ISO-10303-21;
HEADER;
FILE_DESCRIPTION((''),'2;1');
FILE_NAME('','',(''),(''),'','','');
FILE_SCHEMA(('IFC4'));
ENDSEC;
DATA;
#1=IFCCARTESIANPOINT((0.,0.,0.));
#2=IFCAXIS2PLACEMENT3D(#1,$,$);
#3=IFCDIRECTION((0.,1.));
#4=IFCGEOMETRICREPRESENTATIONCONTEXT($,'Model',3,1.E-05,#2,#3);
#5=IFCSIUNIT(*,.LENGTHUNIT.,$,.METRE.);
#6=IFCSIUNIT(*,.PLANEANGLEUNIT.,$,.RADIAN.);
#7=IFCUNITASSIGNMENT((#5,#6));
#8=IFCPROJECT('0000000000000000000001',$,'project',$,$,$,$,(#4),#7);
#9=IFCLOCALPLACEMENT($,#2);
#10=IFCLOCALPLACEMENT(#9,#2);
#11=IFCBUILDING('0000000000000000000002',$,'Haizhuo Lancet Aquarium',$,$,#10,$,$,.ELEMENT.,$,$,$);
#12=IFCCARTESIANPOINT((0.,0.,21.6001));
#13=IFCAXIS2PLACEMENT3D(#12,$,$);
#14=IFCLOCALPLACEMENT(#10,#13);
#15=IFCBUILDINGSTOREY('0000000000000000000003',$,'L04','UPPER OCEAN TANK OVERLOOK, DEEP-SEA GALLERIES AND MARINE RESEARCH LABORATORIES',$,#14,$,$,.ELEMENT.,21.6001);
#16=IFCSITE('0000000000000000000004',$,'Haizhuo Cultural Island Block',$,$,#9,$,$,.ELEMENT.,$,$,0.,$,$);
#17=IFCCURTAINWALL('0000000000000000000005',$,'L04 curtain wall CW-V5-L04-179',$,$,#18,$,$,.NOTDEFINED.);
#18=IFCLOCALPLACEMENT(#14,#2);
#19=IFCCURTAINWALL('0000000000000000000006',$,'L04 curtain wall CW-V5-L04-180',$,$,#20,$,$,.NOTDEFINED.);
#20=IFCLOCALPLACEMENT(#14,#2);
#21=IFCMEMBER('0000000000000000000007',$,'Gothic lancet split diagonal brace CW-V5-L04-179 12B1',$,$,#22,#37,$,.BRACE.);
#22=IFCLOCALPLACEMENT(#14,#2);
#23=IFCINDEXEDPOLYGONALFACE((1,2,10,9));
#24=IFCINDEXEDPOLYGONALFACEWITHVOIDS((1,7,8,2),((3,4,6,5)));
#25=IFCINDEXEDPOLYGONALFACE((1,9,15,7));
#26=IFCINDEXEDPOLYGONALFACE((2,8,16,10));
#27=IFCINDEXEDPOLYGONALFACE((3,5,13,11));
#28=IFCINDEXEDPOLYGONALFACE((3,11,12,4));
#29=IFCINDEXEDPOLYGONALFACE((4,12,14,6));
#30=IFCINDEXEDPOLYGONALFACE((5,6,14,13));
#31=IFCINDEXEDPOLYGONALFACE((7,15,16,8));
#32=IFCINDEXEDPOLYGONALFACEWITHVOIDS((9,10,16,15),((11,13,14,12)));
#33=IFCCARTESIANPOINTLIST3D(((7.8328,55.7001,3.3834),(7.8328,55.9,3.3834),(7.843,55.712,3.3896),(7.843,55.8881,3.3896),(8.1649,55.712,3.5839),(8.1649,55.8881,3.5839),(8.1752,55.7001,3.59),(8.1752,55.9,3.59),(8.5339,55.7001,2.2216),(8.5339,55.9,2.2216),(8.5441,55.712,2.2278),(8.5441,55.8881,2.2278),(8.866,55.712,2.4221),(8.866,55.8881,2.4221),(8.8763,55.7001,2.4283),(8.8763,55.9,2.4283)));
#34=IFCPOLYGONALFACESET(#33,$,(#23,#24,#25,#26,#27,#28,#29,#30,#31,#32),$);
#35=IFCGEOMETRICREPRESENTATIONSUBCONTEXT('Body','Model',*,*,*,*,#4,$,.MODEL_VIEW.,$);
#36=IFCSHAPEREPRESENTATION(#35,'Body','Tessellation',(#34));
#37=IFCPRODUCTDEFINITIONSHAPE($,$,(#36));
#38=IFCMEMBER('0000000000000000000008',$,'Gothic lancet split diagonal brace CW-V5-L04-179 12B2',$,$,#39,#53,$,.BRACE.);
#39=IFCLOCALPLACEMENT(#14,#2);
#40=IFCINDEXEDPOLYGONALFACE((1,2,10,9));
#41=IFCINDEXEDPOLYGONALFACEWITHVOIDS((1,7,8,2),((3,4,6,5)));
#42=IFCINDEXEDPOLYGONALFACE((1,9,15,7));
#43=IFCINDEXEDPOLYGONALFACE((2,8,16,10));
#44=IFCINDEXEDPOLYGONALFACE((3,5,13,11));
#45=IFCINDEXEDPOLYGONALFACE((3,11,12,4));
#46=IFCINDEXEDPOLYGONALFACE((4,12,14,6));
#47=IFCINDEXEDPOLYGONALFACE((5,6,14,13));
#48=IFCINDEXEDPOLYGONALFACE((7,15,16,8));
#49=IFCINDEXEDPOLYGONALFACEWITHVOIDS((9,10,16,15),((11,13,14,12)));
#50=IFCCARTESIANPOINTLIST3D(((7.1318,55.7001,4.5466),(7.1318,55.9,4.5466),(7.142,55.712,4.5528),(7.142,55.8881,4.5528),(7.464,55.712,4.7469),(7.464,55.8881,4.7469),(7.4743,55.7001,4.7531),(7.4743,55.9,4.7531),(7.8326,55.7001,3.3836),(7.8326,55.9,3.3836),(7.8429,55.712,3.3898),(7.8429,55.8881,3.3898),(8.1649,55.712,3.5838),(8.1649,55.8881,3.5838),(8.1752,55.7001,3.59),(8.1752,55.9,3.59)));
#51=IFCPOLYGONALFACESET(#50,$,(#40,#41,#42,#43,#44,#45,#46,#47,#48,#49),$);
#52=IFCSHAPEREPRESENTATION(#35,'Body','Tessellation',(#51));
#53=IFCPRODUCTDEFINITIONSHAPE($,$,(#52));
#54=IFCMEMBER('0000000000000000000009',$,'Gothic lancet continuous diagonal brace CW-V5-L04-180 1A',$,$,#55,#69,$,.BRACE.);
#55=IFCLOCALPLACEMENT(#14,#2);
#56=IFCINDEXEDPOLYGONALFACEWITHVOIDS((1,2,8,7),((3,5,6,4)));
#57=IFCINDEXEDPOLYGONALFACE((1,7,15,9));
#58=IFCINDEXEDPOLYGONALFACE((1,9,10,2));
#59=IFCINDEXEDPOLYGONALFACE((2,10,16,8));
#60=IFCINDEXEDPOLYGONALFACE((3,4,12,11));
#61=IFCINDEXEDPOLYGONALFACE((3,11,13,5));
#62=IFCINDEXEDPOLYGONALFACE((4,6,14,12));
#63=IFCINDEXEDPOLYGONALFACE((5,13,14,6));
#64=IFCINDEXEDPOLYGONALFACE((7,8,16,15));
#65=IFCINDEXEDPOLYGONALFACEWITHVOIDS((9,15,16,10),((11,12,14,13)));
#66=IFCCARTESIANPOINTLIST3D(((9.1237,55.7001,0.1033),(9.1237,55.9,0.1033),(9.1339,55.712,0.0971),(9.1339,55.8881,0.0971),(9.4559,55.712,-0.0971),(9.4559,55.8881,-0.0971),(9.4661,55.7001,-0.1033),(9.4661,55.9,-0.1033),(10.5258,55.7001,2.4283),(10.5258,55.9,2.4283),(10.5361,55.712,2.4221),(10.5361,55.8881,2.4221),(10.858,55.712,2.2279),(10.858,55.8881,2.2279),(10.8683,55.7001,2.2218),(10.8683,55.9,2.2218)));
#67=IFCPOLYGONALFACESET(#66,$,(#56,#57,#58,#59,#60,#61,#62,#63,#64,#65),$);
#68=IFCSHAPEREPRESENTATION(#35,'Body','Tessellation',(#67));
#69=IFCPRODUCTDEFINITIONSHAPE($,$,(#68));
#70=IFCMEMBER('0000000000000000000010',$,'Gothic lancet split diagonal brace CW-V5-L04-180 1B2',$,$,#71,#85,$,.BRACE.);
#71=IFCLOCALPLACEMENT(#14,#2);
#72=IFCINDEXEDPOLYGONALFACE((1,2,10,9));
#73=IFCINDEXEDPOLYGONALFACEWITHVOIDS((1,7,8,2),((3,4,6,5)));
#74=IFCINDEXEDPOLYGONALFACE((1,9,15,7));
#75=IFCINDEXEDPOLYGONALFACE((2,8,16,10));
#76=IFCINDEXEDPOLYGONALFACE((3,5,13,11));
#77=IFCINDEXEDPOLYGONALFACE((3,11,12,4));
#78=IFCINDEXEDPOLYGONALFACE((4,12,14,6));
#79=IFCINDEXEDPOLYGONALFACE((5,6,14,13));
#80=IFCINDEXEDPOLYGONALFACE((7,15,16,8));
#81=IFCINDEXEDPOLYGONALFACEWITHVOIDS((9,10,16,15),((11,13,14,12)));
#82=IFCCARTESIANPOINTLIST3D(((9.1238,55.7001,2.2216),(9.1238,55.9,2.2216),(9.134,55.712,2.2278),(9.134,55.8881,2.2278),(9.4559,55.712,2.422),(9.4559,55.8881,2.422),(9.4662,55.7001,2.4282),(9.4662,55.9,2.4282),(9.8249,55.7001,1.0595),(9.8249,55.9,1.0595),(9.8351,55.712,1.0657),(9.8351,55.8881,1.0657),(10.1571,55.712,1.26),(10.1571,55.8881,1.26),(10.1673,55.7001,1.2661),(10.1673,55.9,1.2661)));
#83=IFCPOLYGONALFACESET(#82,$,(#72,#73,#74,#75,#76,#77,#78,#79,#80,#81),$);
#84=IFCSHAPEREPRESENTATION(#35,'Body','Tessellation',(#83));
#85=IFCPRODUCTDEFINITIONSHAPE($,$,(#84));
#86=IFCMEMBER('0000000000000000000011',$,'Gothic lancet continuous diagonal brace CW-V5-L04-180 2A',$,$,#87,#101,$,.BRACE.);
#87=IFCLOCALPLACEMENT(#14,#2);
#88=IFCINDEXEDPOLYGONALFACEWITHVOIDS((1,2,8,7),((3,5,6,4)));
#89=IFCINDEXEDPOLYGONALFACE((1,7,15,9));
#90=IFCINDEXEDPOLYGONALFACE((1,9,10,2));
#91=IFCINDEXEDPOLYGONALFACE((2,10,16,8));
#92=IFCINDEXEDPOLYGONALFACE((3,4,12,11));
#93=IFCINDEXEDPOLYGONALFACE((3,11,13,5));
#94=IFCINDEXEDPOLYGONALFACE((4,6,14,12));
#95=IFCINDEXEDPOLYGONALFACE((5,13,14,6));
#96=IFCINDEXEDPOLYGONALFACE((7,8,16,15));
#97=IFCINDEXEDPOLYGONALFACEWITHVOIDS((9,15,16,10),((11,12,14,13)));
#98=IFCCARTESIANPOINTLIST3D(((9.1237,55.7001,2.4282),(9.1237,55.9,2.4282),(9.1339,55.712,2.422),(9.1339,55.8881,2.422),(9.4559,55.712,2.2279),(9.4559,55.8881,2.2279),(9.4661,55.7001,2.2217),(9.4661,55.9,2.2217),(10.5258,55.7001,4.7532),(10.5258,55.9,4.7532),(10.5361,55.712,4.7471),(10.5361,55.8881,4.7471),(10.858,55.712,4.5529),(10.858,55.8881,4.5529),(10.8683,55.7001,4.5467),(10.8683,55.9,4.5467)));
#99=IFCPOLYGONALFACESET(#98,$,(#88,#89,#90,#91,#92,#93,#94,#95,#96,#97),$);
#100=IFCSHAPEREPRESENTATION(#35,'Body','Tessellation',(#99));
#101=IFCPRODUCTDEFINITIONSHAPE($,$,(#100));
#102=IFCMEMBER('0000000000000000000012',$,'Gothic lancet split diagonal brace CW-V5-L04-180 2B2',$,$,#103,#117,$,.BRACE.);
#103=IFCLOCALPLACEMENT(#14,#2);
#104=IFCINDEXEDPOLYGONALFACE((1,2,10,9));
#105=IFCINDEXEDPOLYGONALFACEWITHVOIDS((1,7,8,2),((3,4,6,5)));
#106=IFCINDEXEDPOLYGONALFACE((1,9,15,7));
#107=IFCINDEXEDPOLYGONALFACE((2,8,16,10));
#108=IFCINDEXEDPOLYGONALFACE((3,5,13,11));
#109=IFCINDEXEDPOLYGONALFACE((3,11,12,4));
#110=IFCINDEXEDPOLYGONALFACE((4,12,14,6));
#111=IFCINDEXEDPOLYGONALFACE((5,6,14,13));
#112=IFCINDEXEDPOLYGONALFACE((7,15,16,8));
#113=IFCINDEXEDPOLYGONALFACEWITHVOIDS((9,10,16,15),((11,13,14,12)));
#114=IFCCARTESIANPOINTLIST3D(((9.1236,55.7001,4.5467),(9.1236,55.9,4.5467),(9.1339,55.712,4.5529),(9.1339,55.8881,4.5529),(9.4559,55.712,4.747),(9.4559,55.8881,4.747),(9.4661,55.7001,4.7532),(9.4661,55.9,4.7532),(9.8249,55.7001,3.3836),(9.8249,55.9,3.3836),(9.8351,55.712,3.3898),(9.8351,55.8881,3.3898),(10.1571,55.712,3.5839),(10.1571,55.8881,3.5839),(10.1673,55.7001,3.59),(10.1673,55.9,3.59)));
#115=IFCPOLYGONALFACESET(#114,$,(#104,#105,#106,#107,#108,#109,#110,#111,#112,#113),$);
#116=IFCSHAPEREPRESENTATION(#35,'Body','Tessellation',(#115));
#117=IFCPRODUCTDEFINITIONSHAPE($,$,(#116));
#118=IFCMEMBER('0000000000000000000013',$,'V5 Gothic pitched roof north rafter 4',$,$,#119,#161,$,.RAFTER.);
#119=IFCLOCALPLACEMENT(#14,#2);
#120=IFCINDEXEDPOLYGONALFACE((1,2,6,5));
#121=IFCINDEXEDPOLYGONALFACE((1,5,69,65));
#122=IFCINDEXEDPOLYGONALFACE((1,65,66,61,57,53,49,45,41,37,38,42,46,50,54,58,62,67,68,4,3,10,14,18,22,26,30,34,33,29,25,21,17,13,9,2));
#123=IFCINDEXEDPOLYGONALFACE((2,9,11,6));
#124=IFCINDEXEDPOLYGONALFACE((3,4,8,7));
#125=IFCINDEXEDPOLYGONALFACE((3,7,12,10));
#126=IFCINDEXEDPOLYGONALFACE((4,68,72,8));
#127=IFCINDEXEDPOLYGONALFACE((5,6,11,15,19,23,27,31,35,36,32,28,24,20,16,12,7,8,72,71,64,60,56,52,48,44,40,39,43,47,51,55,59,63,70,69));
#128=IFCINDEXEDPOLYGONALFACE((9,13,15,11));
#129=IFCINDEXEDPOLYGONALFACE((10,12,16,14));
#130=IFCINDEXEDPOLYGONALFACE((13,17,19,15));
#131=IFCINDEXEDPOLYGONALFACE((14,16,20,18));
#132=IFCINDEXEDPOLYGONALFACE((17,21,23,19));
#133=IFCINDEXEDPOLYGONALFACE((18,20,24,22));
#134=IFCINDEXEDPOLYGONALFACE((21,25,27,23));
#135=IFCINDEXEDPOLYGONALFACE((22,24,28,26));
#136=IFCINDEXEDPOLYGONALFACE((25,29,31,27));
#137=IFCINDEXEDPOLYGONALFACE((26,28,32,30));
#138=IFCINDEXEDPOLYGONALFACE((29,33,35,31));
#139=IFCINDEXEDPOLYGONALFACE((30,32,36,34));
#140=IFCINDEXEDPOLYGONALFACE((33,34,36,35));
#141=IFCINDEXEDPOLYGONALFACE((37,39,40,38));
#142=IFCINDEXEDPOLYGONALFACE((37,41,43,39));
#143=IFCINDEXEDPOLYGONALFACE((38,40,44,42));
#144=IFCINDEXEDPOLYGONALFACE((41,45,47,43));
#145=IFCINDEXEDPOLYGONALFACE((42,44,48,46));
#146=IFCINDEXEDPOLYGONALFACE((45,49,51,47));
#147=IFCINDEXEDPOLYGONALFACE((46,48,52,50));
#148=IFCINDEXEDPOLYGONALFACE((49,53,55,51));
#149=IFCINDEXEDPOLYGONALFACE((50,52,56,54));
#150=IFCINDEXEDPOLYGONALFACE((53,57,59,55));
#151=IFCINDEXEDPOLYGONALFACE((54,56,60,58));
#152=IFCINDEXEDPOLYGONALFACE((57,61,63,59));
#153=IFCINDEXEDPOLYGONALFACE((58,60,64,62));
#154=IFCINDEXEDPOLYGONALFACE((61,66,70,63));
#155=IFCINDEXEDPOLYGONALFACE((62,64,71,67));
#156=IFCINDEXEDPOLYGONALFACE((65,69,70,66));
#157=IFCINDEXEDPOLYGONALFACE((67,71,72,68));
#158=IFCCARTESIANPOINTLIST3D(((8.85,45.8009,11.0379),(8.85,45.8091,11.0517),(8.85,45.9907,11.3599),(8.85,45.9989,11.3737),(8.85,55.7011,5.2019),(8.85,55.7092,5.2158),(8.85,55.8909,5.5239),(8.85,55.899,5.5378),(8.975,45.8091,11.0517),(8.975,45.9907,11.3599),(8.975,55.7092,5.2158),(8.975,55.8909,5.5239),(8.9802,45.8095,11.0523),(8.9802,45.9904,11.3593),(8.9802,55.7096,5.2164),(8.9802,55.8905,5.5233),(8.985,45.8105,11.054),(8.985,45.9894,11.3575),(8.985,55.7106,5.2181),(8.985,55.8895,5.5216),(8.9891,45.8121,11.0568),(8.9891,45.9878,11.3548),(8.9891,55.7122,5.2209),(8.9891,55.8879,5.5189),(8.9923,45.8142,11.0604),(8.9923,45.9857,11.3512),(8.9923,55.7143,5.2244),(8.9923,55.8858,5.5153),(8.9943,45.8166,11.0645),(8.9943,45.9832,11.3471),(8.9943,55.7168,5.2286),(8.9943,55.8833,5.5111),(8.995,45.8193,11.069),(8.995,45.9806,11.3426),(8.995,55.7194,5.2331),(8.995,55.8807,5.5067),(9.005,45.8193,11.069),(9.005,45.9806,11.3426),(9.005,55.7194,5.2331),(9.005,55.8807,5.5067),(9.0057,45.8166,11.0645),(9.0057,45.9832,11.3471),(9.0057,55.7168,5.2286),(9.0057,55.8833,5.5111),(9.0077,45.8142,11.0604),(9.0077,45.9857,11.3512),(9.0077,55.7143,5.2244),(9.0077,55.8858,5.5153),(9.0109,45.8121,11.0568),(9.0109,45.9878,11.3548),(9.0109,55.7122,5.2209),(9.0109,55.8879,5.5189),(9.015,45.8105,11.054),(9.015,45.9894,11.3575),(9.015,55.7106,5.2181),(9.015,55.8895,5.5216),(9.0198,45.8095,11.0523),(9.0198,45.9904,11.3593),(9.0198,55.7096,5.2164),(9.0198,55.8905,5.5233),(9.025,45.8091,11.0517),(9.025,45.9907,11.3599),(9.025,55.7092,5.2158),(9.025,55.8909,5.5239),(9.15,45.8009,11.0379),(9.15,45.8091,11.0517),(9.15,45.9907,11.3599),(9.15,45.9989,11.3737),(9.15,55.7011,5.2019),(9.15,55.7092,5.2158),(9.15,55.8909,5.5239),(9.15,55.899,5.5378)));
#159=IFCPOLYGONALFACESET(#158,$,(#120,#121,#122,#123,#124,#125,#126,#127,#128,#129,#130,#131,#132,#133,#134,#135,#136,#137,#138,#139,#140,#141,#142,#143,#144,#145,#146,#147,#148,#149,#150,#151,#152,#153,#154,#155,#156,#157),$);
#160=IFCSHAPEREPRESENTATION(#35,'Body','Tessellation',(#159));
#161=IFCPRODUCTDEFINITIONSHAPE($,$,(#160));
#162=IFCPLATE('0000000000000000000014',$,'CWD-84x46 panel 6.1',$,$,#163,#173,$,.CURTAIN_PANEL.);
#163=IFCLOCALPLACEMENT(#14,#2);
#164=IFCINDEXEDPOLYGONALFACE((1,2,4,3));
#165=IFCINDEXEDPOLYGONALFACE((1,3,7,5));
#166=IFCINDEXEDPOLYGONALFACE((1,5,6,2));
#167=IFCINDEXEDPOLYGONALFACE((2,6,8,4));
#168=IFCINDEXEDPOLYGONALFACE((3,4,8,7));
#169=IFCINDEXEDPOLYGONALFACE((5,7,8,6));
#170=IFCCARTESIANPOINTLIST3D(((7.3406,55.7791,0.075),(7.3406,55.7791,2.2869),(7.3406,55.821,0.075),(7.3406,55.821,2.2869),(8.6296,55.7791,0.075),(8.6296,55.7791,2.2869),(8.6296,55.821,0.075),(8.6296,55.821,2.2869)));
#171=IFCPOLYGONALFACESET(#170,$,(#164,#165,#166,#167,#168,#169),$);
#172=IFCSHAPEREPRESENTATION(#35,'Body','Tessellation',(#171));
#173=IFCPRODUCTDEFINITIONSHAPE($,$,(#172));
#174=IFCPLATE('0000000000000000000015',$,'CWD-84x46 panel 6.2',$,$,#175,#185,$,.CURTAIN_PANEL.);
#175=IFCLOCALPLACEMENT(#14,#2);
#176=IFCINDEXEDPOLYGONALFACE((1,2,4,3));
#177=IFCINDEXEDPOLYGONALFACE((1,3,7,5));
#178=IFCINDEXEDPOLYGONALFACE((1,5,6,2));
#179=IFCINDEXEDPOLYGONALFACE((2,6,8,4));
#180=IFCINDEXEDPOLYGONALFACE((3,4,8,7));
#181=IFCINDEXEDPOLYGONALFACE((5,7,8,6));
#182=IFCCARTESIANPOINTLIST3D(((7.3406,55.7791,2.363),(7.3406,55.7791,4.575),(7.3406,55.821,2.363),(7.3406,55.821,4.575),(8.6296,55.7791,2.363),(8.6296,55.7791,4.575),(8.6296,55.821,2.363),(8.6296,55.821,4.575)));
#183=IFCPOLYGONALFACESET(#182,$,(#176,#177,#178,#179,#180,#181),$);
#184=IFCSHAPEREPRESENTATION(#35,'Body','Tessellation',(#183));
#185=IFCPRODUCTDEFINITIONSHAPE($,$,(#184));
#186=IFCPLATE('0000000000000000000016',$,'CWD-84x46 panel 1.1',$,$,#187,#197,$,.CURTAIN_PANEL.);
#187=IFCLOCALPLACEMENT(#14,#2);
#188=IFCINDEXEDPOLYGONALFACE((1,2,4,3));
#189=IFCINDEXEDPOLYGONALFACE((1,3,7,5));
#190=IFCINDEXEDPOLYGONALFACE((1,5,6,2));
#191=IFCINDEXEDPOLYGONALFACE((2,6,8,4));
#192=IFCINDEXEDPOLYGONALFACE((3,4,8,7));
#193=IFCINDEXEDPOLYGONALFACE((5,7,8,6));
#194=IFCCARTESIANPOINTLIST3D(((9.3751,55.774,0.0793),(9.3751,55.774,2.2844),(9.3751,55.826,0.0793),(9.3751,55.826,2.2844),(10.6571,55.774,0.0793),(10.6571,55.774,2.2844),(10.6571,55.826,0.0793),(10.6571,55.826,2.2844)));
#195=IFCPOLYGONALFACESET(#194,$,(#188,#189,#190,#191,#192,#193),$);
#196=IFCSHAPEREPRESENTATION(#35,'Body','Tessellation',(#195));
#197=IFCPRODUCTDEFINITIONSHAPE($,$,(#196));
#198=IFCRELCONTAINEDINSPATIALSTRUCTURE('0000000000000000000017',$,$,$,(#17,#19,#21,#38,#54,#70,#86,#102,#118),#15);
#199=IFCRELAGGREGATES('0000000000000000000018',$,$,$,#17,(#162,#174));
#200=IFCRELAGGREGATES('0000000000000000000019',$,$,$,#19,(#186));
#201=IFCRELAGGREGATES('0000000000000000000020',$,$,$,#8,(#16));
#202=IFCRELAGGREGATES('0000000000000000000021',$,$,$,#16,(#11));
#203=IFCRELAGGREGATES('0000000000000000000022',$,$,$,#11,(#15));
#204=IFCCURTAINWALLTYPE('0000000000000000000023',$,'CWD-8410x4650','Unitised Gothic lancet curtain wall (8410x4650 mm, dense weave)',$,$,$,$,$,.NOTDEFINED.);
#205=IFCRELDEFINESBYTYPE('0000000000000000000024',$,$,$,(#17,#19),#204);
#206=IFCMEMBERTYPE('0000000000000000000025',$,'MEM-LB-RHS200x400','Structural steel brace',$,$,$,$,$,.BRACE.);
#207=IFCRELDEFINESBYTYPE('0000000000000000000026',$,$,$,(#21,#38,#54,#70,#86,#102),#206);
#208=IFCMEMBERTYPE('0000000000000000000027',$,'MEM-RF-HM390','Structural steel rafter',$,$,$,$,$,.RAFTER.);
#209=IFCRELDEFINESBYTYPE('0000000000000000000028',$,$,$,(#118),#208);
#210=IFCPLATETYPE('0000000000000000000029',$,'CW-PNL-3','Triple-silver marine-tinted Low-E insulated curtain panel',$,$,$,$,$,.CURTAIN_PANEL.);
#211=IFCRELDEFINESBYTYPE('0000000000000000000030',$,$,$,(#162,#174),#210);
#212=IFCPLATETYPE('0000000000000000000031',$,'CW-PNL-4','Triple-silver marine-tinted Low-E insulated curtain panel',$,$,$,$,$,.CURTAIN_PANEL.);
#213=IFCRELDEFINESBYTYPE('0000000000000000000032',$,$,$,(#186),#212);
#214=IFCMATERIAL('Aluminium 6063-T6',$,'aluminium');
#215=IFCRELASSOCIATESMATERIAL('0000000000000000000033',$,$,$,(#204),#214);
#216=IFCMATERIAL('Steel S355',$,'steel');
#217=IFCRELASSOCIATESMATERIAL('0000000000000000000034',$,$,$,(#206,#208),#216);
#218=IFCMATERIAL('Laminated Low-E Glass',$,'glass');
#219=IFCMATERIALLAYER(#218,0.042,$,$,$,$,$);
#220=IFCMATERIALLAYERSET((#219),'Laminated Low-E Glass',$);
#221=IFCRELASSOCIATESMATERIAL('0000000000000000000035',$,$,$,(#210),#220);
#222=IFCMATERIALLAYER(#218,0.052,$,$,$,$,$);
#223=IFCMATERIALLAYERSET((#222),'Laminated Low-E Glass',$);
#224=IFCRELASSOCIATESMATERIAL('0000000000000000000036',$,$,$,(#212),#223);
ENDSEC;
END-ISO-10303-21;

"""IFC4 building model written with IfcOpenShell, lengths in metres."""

from ifc_helpers import new_model, si_unit, direction, frame, origin, origin_2d, place, context, subcontext, project, spatial, rectangle, hollow_rectangle, i_section, extrude, material, layer, layer_set, material_profile, profile_set, type_object, element, aggregate, save


model = new_model("IFC4")

# Units and contexts
model_context = context("Model", 3, precision=1e-05, world=origin(), true_north=direction((0.0, 1.0)))
body_context = subcontext(model_context, "Body", "Model", "MODEL_VIEW")
ifc_project = project(units=[si_unit("LENGTHUNIT", "METRE"), si_unit("PLANEANGLEUNIT", "RADIAN")], contexts=[model_context])

# Site, building, storey
site_placement = place(None, origin())
site = spatial("IfcSite", under=ifc_project, at=site_placement, Name="Haizhuo Cultural Island Block", CompositionType="ELEMENT", RefElevation=0.0)
building_placement = place(site_placement, origin())
building = spatial("IfcBuilding", under=site, at=building_placement, Name="Haizhuo Lancet Aquarium", CompositionType="ELEMENT")
storey_placement = place(building_placement, frame((0.0, 0.0, 21.6001)))
storey = spatial("IfcBuildingStorey", under=building, at=storey_placement, Name="L04", Description="UPPER OCEAN TANK OVERLOOK, DEEP-SEA GALLERIES AND MARINE RESEARCH LABORATORIES", CompositionType="ELEMENT", Elevation=21.6001)

# Curtain walls
ifc_material_1 = material(Name="Aluminium 6063-T6", Category="aluminium")
curtain_wall_type = type_object("IfcCurtainWallType", Name="CWD-8410x4650", Description="Unitised Gothic lancet curtain wall (8410x4650 mm, dense weave)", PredefinedType="NOTDEFINED", material=ifc_material_1)
curtain_wall_1_placement = place(storey_placement, origin())
curtain_wall_1 = element("IfcCurtainWall", 1, at=curtain_wall_1_placement, inside=storey, type_object=curtain_wall_type, Name="L04 curtain wall CW-V5-L04-179", PredefinedType="NOTDEFINED")
curtain_wall_2_placement = place(storey_placement, origin())
curtain_wall_2 = element("IfcCurtainWall", 2, at=curtain_wall_2_placement, inside=storey, type_object=curtain_wall_type, Name="L04 curtain wall CW-V5-L04-180", PredefinedType="NOTDEFINED")

# Members
ifc_material_2 = material(Name="Steel S355", Category="steel")
ifc_material_profile_1 = material_profile(ifc_material_2, hollow_rectangle(XDim=0.2, YDim=0.3999, WallThickness=0.012, at=origin_2d()), Name="RHS 200x400x12")
ifc_profile_set_1 = profile_set([ifc_material_profile_1], Name="Steel S355")
member_type_1 = type_object("IfcMemberType", Name="MEM-LB-RHS200x400", Description="Structural steel brace", PredefinedType="BRACE", material=ifc_profile_set_1)
member_1_placement = place(storey_placement, frame((8.7051, 55.8, 2.325), z_axis=(-0.51669, 0.0, 0.856173), x_axis=(0.0, -1.0, 0.0)))
element("IfcMember", 3, at=member_1_placement, inside=storey, type_object=member_type_1, Name="Gothic lancet split diagonal brace CW-V5-L04-179 12B1", PredefinedType="BRACE", context=body_context, shape_type="SweptSolid", body=[
    extrude(hollow_rectangle(XDim=0.2, YDim=0.3999, WallThickness=0.012, at=origin_2d()), origin(), (0.0, 0.0, 1.0), 1.3569),
])
member_2_placement = place(storey_placement, frame((8.0039, 55.8, 3.4868), z_axis=(-0.51616, 0.0, 0.856492), x_axis=(0.0, -1.0, 0.0)))
element("IfcMember", 4, at=member_2_placement, inside=storey, type_object=member_type_1, Name="Gothic lancet split diagonal brace CW-V5-L04-179 12B2", PredefinedType="BRACE", context=body_context, shape_type="SweptSolid", body=[
    extrude(hollow_rectangle(XDim=0.2, YDim=0.3999, WallThickness=0.012, at=origin_2d()), origin(), (0.0, 0.0, 1.0), 1.3579),
])
member_3_placement = place(storey_placement, frame((9.2949, 55.8, 0.0), z_axis=(0.516425, 0.0, 0.856332), x_axis=(0.0, 1.0, 0.0)))
element("IfcMember", 5, at=member_3_placement, inside=storey, type_object=member_type_1, Name="Gothic lancet continuous diagonal brace CW-V5-L04-180 1A", PredefinedType="BRACE", context=body_context, shape_type="SweptSolid", body=[
    extrude(hollow_rectangle(XDim=0.2, YDim=0.3999, WallThickness=0.012, at=origin_2d()), origin(), (0.0, 0.0, 1.0), 2.7151),
])
member_4_placement = place(storey_placement, frame((9.9961, 55.8, 1.1628), z_axis=(-0.51661, 0.0, 0.856221), x_axis=(0.0, -1.0, 0.0)))
element("IfcMember", 6, at=member_4_placement, inside=storey, type_object=member_type_1, Name="Gothic lancet split diagonal brace CW-V5-L04-180 1B2", PredefinedType="BRACE", context=body_context, shape_type="SweptSolid", body=[
    extrude(hollow_rectangle(XDim=0.2, YDim=0.3999, WallThickness=0.012, at=origin_2d()), origin(), (0.0, 0.0, 1.0), 1.3572),
])
member_5_placement = place(storey_placement, frame((9.2949, 55.8, 2.325), z_axis=(0.516425, 0.0, 0.856332), x_axis=(0.0, 1.0, 0.0)))
element("IfcMember", 7, at=member_5_placement, inside=storey, type_object=member_type_1, Name="Gothic lancet continuous diagonal brace CW-V5-L04-180 2A", PredefinedType="BRACE", context=body_context, shape_type="SweptSolid", body=[
    extrude(hollow_rectangle(XDim=0.2, YDim=0.3999, WallThickness=0.012, at=origin_2d()), origin(), (0.0, 0.0, 1.0), 2.7151),
])
member_6_placement = place(storey_placement, frame((9.9961, 55.8, 3.4868), z_axis=(-0.516292, 0.0, 0.856412), x_axis=(0.0, -1.0, 0.0)))
element("IfcMember", 8, at=member_6_placement, inside=storey, type_object=member_type_1, Name="Gothic lancet split diagonal brace CW-V5-L04-180 2B2", PredefinedType="BRACE", context=body_context, shape_type="SweptSolid", body=[
    extrude(hollow_rectangle(XDim=0.2, YDim=0.3999, WallThickness=0.012, at=origin_2d()), origin(), (0.0, 0.0, 1.0), 1.3582),
])
ifc_material_profile_2 = material_profile(ifc_material_2, i_section(OverallWidth=0.3, OverallDepth=0.3899, WebThickness=0.01, FlangeThickness=0.0161, FilletRadius=0.02, at=origin_2d()), Name="HM 390x300x10x16")
ifc_profile_set_2 = profile_set([ifc_material_profile_2], Name="Steel S355")
member_type_2 = type_object("IfcMemberType", Name="MEM-RF-HM390", Description="Structural steel rafter", PredefinedType="RAFTER", material=ifc_profile_set_2)
member_7_placement = place(storey_placement, frame((9.0, 55.8, 5.3699), z_axis=(0.0, -0.861465, 0.507816), x_axis=(1.0, 0.0, 0.0)))
element("IfcMember", 9, at=member_7_placement, inside=storey, type_object=member_type_2, Name="V5 Gothic pitched roof north rafter 4", PredefinedType="RAFTER", context=body_context, shape_type="SweptSolid", body=[
    extrude(i_section(OverallWidth=0.3, OverallDepth=0.3899, WebThickness=0.01, FlangeThickness=0.0161, FilletRadius=0.02, at=origin_2d()), origin(), (0.0, 0.0, 1.0), 11.4922),
])

# Plates
ifc_material_3 = material(Name="Laminated Low-E Glass", Category="glass")
ifc_layer_1 = layer(ifc_material_3, 0.042)
ifc_layer_set_1 = layer_set([ifc_layer_1], Name="Laminated Low-E Glass")
plate_type_1 = type_object("IfcPlateType", Name="CW-PNL-3", Description="Triple-silver marine-tinted Low-E insulated curtain panel", PredefinedType="CURTAIN_PANEL", material=ifc_layer_set_1)
plate_1_placement = place(storey_placement, frame((7.9851, 55.8, 0.075), z_axis=(0.0, 0.0, 1.0), x_axis=(1.0, 0.0, 0.0)))
plate_1 = element("IfcPlate", 10, at=plate_1_placement, type_object=plate_type_1, Name="CWD-84x46 panel 6.1", PredefinedType="CURTAIN_PANEL", context=body_context, shape_type="SweptSolid", body=[
    extrude(rectangle(XDim=1.2891, YDim=0.042, at=origin_2d()), origin(), (0.0, 0.0, 1.0), 2.2119),
])
plate_2_placement = place(storey_placement, frame((7.9851, 55.8, 2.363), z_axis=(0.0, 0.0, 1.0), x_axis=(1.0, 0.0, 0.0)))
plate_2 = element("IfcPlate", 11, at=plate_2_placement, type_object=plate_type_1, Name="CWD-84x46 panel 6.2", PredefinedType="CURTAIN_PANEL", context=body_context, shape_type="SweptSolid", body=[
    extrude(rectangle(XDim=1.2891, YDim=0.042, at=origin_2d()), origin(), (0.0, 0.0, 1.0), 2.2119),
])
aggregate(curtain_wall_1, [plate_1, plate_2])
ifc_layer_2 = layer(ifc_material_3, 0.052)
ifc_layer_set_2 = layer_set([ifc_layer_2], Name="Laminated Low-E Glass")
plate_type_2 = type_object("IfcPlateType", Name="CW-PNL-4", Description="Triple-silver marine-tinted Low-E insulated curtain panel", PredefinedType="CURTAIN_PANEL", material=ifc_layer_set_2)
plate_3_placement = place(storey_placement, frame((10.0161, 55.8, 0.0793), z_axis=(0.0, 0.0, 1.0), x_axis=(1.0, 0.0, 0.0)))
plate_3 = element("IfcPlate", 12, at=plate_3_placement, type_object=plate_type_2, Name="CWD-84x46 panel 1.1", PredefinedType="CURTAIN_PANEL", context=body_context, shape_type="SweptSolid", body=[
    extrude(rectangle(XDim=1.282, YDim=0.052, at=origin_2d()), origin(), (0.0, 0.0, 1.0), 2.2051),
])
aggregate(curtain_wall_2, [plate_3])

save(model, "model.ifc")
